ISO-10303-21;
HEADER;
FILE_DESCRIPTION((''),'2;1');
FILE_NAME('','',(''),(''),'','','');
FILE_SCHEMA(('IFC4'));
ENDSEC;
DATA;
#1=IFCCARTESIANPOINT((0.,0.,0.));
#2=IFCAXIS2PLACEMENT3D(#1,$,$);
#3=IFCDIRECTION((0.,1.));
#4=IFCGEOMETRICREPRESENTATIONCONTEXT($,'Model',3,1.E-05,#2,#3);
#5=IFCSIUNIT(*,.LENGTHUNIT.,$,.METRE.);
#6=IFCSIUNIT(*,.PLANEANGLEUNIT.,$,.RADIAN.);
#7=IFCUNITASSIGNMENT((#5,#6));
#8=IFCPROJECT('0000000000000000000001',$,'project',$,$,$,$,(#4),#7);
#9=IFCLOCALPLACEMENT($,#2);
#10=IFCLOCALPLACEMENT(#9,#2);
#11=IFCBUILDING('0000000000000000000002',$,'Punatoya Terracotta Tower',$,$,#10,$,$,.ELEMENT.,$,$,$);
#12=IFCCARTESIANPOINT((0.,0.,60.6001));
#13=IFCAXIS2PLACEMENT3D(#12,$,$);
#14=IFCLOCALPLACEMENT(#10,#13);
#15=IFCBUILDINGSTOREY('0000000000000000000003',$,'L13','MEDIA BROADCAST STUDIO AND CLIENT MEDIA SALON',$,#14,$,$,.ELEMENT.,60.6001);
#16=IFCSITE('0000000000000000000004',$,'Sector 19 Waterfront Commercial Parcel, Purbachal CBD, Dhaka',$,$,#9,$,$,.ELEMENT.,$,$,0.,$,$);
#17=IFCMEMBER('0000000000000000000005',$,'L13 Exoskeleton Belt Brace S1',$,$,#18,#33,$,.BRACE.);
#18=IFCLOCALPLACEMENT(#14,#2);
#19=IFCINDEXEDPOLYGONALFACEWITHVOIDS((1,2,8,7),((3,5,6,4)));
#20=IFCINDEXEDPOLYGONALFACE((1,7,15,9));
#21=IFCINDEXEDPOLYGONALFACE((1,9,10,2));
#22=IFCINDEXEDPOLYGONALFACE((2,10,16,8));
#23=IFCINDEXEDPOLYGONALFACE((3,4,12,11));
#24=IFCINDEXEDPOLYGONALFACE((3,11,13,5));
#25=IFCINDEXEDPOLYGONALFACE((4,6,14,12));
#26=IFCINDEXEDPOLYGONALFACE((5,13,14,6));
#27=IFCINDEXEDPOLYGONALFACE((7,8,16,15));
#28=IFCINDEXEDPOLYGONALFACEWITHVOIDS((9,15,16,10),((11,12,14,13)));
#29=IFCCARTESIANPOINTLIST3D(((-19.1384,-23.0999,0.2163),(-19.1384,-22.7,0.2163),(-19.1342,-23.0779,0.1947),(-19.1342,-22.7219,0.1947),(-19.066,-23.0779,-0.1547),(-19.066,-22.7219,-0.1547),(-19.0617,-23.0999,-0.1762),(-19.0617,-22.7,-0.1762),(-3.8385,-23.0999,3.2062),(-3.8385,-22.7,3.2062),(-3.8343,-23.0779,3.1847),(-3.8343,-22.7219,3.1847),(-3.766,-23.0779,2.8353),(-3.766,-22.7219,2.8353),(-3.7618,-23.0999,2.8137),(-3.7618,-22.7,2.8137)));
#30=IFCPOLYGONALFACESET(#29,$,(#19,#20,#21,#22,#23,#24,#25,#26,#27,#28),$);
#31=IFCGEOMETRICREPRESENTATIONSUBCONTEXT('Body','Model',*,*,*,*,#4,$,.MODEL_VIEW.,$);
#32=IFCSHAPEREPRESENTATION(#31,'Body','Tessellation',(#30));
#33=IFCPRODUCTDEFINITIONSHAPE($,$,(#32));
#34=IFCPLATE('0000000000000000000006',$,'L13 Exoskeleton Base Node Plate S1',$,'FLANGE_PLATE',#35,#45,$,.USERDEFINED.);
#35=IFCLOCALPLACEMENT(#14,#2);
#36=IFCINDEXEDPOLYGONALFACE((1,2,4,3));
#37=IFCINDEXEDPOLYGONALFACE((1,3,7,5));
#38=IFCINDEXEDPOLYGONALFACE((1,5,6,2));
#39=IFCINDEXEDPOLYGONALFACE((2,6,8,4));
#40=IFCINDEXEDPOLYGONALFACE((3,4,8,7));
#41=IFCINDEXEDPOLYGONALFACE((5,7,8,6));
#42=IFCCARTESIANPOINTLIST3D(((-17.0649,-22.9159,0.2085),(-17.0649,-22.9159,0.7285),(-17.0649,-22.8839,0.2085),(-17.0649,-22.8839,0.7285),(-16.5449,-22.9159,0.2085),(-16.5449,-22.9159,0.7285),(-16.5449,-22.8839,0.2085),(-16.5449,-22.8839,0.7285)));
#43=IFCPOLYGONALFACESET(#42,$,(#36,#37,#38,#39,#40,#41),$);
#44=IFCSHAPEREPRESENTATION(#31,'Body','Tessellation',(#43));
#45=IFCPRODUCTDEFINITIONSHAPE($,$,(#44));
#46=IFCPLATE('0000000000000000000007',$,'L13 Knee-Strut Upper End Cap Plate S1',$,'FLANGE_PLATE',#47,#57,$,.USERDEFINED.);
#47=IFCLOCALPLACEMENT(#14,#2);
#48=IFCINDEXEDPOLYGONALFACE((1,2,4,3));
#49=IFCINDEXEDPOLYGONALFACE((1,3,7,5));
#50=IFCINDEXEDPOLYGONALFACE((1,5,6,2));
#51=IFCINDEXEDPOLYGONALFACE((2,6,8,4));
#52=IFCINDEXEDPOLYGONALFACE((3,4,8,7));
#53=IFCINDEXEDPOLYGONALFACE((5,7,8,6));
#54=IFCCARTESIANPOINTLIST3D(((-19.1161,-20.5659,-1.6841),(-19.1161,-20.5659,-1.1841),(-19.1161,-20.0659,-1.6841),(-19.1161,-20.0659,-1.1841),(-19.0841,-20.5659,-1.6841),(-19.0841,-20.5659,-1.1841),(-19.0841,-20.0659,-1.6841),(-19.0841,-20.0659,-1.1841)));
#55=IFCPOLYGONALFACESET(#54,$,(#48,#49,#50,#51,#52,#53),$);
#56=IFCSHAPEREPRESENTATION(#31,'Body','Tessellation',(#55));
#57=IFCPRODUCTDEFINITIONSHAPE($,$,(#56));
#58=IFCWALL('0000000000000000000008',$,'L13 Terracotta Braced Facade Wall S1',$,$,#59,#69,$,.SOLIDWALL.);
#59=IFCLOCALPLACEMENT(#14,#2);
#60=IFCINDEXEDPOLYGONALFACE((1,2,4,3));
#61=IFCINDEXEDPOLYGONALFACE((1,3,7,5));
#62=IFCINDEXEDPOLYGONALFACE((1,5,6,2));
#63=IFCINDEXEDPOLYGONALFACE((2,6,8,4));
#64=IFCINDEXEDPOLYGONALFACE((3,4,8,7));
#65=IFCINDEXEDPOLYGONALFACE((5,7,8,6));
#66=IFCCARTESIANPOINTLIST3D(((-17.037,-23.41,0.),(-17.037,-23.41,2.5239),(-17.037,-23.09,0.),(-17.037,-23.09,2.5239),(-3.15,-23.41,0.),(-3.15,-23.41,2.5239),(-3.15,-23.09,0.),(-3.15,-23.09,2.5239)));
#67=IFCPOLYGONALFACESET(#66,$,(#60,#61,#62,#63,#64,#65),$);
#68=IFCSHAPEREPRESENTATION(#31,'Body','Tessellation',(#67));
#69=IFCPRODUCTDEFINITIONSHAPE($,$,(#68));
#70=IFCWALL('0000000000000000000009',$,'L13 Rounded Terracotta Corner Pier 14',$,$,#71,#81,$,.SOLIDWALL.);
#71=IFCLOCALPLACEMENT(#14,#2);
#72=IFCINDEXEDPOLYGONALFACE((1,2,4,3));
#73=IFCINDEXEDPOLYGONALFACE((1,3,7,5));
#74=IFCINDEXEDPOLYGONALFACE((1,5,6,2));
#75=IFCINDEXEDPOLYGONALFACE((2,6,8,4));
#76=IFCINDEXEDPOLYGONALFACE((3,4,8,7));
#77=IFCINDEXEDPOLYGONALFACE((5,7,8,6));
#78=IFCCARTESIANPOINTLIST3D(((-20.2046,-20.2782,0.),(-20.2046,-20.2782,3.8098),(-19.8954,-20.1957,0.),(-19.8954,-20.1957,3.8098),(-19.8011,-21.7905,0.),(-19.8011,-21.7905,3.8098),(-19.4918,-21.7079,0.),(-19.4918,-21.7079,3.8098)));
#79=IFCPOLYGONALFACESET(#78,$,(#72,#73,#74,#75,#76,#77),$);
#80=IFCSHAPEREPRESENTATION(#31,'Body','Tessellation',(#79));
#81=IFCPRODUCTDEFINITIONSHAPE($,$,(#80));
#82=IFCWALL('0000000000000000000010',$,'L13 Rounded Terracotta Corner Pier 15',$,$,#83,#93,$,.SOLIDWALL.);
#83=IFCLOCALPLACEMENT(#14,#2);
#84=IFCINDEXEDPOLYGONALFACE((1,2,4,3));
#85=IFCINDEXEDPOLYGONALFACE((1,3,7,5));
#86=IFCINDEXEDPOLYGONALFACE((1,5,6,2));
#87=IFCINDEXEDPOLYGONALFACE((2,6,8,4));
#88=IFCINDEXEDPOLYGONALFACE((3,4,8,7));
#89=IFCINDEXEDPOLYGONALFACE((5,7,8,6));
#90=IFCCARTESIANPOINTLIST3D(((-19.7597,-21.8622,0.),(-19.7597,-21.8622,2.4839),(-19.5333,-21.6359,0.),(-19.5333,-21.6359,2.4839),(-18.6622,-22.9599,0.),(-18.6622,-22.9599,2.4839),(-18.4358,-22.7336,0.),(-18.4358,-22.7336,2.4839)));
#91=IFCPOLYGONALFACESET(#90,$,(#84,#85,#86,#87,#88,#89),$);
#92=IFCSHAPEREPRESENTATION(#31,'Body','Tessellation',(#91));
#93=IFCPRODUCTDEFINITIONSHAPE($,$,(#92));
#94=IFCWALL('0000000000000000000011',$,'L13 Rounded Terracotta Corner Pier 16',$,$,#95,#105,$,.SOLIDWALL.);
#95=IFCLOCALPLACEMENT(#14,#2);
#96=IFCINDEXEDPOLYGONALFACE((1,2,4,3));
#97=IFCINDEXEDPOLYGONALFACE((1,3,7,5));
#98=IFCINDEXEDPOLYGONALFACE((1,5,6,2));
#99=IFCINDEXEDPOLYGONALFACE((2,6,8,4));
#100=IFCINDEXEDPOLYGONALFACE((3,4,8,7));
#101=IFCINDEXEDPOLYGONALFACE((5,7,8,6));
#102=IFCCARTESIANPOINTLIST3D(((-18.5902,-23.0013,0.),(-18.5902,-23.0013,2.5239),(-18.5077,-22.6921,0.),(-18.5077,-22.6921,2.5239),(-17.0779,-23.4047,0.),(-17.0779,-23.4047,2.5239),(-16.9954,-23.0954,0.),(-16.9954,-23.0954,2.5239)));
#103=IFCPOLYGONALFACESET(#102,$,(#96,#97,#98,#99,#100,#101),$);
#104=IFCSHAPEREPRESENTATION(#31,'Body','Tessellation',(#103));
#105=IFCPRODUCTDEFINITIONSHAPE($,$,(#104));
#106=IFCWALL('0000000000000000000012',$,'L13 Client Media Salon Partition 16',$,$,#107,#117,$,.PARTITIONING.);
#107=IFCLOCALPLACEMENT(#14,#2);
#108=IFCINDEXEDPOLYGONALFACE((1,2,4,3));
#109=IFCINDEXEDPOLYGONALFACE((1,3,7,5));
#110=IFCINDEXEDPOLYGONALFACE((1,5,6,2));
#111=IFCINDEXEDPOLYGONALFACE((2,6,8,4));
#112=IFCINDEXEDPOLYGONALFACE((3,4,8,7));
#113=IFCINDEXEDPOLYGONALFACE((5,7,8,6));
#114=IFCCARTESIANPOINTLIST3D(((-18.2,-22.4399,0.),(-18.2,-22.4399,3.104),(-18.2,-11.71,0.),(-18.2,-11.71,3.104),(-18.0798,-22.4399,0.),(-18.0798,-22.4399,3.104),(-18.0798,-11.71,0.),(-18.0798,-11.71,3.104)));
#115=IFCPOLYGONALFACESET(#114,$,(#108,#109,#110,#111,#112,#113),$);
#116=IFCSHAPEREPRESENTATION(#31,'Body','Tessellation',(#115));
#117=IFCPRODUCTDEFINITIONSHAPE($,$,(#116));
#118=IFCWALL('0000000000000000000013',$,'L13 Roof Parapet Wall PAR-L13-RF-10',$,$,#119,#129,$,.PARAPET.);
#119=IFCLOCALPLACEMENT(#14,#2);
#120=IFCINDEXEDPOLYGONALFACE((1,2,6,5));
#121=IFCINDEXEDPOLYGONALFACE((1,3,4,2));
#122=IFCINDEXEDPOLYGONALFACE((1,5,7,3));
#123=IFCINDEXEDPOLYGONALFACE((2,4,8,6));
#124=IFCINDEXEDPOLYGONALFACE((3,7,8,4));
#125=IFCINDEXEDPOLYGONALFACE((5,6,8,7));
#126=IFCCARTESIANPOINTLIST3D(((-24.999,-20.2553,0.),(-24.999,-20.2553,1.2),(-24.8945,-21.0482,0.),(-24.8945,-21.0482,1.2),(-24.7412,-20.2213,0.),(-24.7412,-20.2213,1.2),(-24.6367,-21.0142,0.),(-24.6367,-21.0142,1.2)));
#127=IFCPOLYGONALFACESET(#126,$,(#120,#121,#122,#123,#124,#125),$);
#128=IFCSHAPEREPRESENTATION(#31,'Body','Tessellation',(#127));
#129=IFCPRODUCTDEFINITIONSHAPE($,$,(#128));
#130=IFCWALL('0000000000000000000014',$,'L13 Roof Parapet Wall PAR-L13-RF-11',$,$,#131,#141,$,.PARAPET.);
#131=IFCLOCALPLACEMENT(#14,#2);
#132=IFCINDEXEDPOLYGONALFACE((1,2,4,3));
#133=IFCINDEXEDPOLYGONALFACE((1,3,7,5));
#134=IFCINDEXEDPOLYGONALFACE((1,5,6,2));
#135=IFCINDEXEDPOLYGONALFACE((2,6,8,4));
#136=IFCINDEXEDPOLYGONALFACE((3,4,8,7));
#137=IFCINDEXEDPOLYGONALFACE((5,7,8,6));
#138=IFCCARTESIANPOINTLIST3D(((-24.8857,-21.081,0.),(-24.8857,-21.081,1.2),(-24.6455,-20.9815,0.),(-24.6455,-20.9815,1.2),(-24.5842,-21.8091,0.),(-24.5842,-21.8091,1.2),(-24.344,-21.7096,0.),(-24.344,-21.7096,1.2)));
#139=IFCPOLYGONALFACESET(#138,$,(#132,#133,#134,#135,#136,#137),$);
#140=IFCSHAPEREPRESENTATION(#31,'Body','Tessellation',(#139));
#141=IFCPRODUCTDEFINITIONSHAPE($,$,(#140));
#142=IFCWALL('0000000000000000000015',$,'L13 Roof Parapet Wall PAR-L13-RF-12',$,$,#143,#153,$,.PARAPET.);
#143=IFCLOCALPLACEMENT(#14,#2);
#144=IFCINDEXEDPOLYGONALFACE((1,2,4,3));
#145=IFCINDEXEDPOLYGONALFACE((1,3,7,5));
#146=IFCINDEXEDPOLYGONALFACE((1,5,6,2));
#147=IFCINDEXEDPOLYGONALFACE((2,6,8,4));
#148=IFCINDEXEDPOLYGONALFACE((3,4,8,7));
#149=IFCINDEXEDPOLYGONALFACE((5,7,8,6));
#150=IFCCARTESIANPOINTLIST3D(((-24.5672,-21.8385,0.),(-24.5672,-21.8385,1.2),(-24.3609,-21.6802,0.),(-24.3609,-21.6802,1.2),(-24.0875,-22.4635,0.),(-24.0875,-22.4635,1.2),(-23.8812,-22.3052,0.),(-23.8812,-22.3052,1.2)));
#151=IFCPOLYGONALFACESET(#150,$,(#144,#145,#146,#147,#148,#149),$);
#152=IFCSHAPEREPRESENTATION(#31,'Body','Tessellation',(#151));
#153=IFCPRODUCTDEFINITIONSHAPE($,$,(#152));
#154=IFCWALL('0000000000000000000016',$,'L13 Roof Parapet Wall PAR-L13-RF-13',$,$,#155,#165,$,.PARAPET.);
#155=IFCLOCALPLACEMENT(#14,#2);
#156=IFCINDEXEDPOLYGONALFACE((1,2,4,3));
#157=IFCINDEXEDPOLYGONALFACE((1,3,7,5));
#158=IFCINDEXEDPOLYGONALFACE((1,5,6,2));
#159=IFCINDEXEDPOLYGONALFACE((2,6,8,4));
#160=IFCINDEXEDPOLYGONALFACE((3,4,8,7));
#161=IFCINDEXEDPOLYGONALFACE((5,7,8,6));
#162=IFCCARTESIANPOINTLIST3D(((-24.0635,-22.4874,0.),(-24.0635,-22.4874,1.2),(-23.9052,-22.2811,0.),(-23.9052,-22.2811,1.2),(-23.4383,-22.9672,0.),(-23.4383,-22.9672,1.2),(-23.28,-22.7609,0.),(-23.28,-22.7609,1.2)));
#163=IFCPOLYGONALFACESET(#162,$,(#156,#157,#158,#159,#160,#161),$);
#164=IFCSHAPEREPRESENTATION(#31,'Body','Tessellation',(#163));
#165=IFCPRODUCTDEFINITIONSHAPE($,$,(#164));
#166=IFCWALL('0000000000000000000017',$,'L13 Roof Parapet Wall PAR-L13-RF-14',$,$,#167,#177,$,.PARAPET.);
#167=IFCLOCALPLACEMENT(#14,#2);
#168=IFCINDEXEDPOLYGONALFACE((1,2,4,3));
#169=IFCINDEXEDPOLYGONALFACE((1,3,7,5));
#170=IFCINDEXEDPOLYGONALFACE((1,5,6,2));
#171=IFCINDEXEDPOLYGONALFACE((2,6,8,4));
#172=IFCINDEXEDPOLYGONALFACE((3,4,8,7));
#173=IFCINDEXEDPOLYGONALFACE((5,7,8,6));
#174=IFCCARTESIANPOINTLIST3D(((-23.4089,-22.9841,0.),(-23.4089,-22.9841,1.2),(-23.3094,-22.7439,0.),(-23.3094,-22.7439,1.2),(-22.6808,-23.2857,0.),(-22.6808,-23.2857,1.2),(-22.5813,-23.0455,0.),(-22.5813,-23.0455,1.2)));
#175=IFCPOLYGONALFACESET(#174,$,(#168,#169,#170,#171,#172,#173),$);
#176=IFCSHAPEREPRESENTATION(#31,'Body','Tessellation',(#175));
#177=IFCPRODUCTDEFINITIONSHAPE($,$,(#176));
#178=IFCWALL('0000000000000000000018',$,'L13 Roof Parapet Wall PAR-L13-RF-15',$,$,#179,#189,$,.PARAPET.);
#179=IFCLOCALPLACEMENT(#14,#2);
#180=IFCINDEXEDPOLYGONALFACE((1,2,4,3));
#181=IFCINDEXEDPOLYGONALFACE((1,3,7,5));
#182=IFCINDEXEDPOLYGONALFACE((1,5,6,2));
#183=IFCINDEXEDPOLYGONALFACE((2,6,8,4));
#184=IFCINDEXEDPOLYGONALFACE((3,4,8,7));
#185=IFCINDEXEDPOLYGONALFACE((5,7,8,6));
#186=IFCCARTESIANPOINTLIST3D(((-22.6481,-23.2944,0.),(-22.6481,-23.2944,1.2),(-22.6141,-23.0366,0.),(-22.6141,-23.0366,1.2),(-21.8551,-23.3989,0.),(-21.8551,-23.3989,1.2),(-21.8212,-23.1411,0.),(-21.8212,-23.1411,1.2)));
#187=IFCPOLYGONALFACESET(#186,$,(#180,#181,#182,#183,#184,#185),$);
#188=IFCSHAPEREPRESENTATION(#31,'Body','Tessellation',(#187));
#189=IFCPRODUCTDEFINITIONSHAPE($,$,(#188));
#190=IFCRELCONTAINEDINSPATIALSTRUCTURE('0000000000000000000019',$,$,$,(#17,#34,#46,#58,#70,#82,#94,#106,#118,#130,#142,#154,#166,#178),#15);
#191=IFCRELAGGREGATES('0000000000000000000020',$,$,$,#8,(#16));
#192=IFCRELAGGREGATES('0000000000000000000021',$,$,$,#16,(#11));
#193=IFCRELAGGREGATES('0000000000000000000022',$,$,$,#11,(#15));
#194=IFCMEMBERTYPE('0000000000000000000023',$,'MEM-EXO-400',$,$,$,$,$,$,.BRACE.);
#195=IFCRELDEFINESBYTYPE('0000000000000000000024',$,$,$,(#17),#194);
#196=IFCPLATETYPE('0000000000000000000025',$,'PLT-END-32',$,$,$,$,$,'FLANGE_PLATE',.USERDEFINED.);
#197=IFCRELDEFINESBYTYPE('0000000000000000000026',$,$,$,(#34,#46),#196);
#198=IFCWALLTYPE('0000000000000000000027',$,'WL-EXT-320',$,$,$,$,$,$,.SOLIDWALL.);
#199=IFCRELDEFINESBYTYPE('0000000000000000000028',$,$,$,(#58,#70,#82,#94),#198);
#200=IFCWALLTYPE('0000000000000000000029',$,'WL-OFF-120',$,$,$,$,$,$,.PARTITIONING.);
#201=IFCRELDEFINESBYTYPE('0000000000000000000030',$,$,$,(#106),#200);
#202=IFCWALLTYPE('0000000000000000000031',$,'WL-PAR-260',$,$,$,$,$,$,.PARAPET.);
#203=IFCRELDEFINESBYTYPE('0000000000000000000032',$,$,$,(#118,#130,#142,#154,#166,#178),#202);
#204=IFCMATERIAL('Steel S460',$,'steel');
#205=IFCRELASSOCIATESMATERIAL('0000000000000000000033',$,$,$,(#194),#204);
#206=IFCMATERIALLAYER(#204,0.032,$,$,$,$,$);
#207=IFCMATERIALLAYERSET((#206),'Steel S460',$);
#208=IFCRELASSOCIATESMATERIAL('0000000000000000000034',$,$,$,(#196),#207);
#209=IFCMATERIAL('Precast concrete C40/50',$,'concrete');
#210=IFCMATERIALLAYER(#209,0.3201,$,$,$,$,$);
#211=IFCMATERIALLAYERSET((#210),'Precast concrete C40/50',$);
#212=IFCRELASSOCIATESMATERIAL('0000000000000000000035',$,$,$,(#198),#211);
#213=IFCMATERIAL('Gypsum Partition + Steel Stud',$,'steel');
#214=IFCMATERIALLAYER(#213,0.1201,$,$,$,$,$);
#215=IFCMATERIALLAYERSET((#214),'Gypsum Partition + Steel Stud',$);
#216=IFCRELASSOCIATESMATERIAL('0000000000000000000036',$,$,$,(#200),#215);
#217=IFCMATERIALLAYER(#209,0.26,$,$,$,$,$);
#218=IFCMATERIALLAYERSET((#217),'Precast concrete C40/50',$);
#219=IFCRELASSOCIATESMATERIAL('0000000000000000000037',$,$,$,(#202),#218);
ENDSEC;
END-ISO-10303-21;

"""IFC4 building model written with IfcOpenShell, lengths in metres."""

from ifc_helpers import new_model, si_unit, direction, frame, frame_2d, origin, origin_2d, place, context, subcontext, project, spatial, rectangle, hollow_rectangle, extrude, material, layer, layer_set, material_profile, profile_set, type_object, element, save


model = new_model("IFC4")

# Units and contexts
model_context = context("Model", 3, precision=1e-05, world=origin(), true_north=direction((0.0, 1.0)))
body_context = subcontext(model_context, "Body", "Model", "MODEL_VIEW")
ifc_project = project(units=[si_unit("LENGTHUNIT", "METRE"), si_unit("PLANEANGLEUNIT", "RADIAN")], contexts=[model_context])

# Site, building, storey
site_placement = place(None, origin())
site = spatial("IfcSite", under=ifc_project, at=site_placement, Name="Sector 19 Waterfront Commercial Parcel, Purbachal CBD, Dhaka", CompositionType="ELEMENT", RefElevation=0.0)
building_placement = place(site_placement, origin())
building = spatial("IfcBuilding", under=site, at=building_placement, Name="Punatoya Terracotta Tower", CompositionType="ELEMENT")
storey_placement = place(building_placement, frame((0.0, 0.0, 60.6001)))
storey = spatial("IfcBuildingStorey", under=building, at=storey_placement, Name="L13", Description="MEDIA BROADCAST STUDIO AND CLIENT MEDIA SALON", CompositionType="ELEMENT", Elevation=60.6001)

# Shared definitions
ifc_material_1 = material(Name="Steel S460", Category="steel")

# Member
ifc_material_profile_1 = material_profile(ifc_material_1, hollow_rectangle(XDim=0.3999, YDim=0.3999, WallThickness=0.022, at=origin_2d()))
ifc_profile_set_1 = profile_set([ifc_material_profile_1], Name="Steel S460")
member_type_1 = type_object("IfcMemberType", Name="MEM-EXO-400", PredefinedType="BRACE", material=ifc_profile_set_1)
member_1_placement = place(storey_placement, frame((-19.1001, -22.8999, 0.02), z_axis=(0.981435, 0.0, 0.191796), x_axis=(0.0, 1.0, 0.0)))
element("IfcMember", 1, at=member_1_placement, inside=storey, type_object=member_type_1, Name="L13 Exoskeleton Belt Brace S1", PredefinedType="BRACE", context=body_context, shape_type="SweptSolid", body=[
    extrude(hollow_rectangle(XDim=0.3999, YDim=0.3999, WallThickness=0.022, at=origin_2d()), origin(), (0.0, 0.0, 1.0), 15.5894),
])

# Plates
ifc_layer_1 = layer(ifc_material_1, 0.032)
ifc_layer_set_1 = layer_set([ifc_layer_1], Name="Steel S460")
plate_type = type_object("IfcPlateType", Name="PLT-END-32", ElementType="FLANGE_PLATE", PredefinedType="USERDEFINED", material=ifc_layer_set_1)
plate_1_placement = place(storey_placement, frame((-16.8049, -22.8999, 0.2085), z_axis=(0.0, 0.0, 1.0), x_axis=(1.0, 0.0, 0.0)))
element("IfcPlate", 2, at=plate_1_placement, inside=storey, type_object=plate_type, Name="L13 Exoskeleton Base Node Plate S1", ObjectType="FLANGE_PLATE", PredefinedType="USERDEFINED", context=body_context, shape_type="SweptSolid", body=[
    extrude(rectangle(XDim=0.52, YDim=0.032, at=origin_2d()), origin(), (0.0, 0.0, 1.0), 0.52),
])
plate_2_placement = place(storey_placement, frame((-19.1001, -20.3159, -1.6841), z_axis=(0.0, 0.0, 1.0), x_axis=(0.0, 1.0, 0.0)))
element("IfcPlate", 3, at=plate_2_placement, inside=storey, type_object=plate_type, Name="L13 Knee-Strut Upper End Cap Plate S1", ObjectType="FLANGE_PLATE", PredefinedType="USERDEFINED", context=body_context, shape_type="SweptSolid", body=[
    extrude(rectangle(XDim=0.5, YDim=0.032, at=origin_2d()), origin(), (0.0, 0.0, 1.0), 0.5),
])

# Walls
ifc_material_2 = material(Name="Precast concrete C40/50", Category="concrete")
ifc_layer_2 = layer(ifc_material_2, 0.3201)
ifc_layer_set_2 = layer_set([ifc_layer_2], Name="Precast concrete C40/50")
wall_type_1 = type_object("IfcWallType", Name="WL-EXT-320", PredefinedType="SOLIDWALL", material=ifc_layer_set_2)
wall_1_placement = place(storey_placement, frame((-17.0369, -23.25, 0.0), z_axis=(0.0, 0.0, 1.0), x_axis=(1.0, 0.0, 0.0)))
element("IfcWall", 4, at=wall_1_placement, inside=storey, type_object=wall_type_1, Name="L13 Terracotta Braced Facade Wall S1", PredefinedType="SOLIDWALL", context=body_context, shape_type="SweptSolid", body=[
    extrude(rectangle(XDim=13.887, YDim=0.3201, at=frame_2d((6.9434, 0.0))), origin(), (0.0, 0.0, 1.0), 2.5239),
])
wall_2_placement = place(storey_placement, frame((-20.05, -20.2368, 0.0), z_axis=(0.0, 0.0, 1.0), x_axis=(0.257847, -0.966186, 0.0)))
element("IfcWall", 5, at=wall_2_placement, inside=storey, type_object=wall_type_1, Name="L13 Rounded Terracotta Corner Pier 14", PredefinedType="SOLIDWALL", context=body_context, shape_type="SweptSolid", body=[
    extrude(rectangle(XDim=1.5652, YDim=0.3201, at=frame_2d((0.7827, 0.0))), origin(), (0.0, 0.0, 1.0), 3.8098),
])
wall_3_placement = place(storey_placement, frame((-19.6465, -21.749, 0.0), z_axis=(0.0, 0.0, 1.0), x_axis=(0.707028, -0.707185, 0.0)))
element("IfcWall", 6, at=wall_3_placement, inside=storey, type_object=wall_type_1, Name="L13 Rounded Terracotta Corner Pier 15", PredefinedType="SOLIDWALL", context=body_context, shape_type="SweptSolid", body=[
    extrude(rectangle(XDim=1.5522, YDim=0.3201, at=frame_2d((0.7761, 0.0))), origin(), (0.0, 0.0, 1.0), 2.4839),
])
wall_4_placement = place(storey_placement, frame((-18.5491, -22.8467, 0.0), z_axis=(0.0, 0.0, 1.0), x_axis=(0.966225, -0.257701, 0.0)))
element("IfcWall", 7, at=wall_4_placement, inside=storey, type_object=wall_type_1, Name="L13 Rounded Terracotta Corner Pier 16", PredefinedType="SOLIDWALL", context=body_context, shape_type="SweptSolid", body=[
    extrude(rectangle(XDim=1.5652, YDim=0.3201, at=frame_2d((0.7827, 0.0))), origin(), (0.0, 0.0, 1.0), 2.5239),
])
ifc_material_3 = material(Name="Gypsum Partition + Steel Stud", Category="steel")
ifc_layer_3 = layer(ifc_material_3, 0.1201)
ifc_layer_set_3 = layer_set([ifc_layer_3], Name="Gypsum Partition + Steel Stud")
wall_type_2 = type_object("IfcWallType", Name="WL-OFF-120", PredefinedType="PARTITIONING", material=ifc_layer_set_3)
wall_5_placement = place(storey_placement, frame((-18.1399, -22.4399, 0.0), z_axis=(0.0, 0.0, 1.0), x_axis=(0.0, 1.0, 0.0)))
element("IfcWall", 8, at=wall_5_placement, inside=storey, type_object=wall_type_2, Name="L13 Client Media Salon Partition 16", PredefinedType="PARTITIONING", context=body_context, shape_type="SweptSolid", body=[
    extrude(rectangle(XDim=10.73, YDim=0.1201, at=frame_2d((5.365, 0.0))), origin(), (0.0, 0.0, 1.0), 3.104),
])
ifc_layer_4 = layer(ifc_material_2, 0.26)
ifc_layer_set_4 = layer_set([ifc_layer_4], Name="Precast concrete C40/50")
wall_type_3 = type_object("IfcWallType", Name="WL-PAR-260", PredefinedType="PARAPET", material=ifc_layer_set_4)
wall_6_placement = place(storey_placement, frame((-24.8701, -20.2383, 0.0), z_axis=(0.0, 0.0, 1.0), x_axis=(0.130644, -0.991429, 0.0)))
element("IfcWall", 9, at=wall_6_placement, inside=storey, type_object=wall_type_3, Name="L13 Roof Parapet Wall PAR-L13-RF-10", PredefinedType="PARAPET", context=body_context, shape_type="SweptSolid", body=[
    extrude(rectangle(XDim=0.7998, YDim=0.26, at=frame_2d((0.3999, 0.0))), origin(), (0.0, 0.0, 1.0), 1.2),
])
wall_7_placement = place(storey_placement, frame((-24.7656, -21.0312, 0.0), z_axis=(0.0, 0.0, 1.0), x_axis=(0.382635, -0.9239, 0.0)))
element("IfcWall", 10, at=wall_7_placement, inside=storey, type_object=wall_type_3, Name="L13 Roof Parapet Wall PAR-L13-RF-11", PredefinedType="PARAPET", context=body_context, shape_type="SweptSolid", body=[
    extrude(rectangle(XDim=0.7881, YDim=0.26, at=frame_2d((0.394, 0.0))), origin(), (0.0, 0.0, 1.0), 1.2),
])
wall_8_placement = place(storey_placement, frame((-24.4641, -21.7593, 0.0), z_axis=(0.0, 0.0, 1.0), x_axis=(0.608887, -0.793257, 0.0)))
element("IfcWall", 11, at=wall_8_placement, inside=storey, type_object=wall_type_3, Name="L13 Roof Parapet Wall PAR-L13-RF-12", PredefinedType="PARAPET", context=body_context, shape_type="SweptSolid", body=[
    extrude(rectangle(XDim=0.7878, YDim=0.26, at=frame_2d((0.394, 0.0))), origin(), (0.0, 0.0, 1.0), 1.2),
])
for number, where, z_axis, x_axis, name in (
    (12, (-23.9844, -22.3843, 0.0), (0.0, 0.0, 1.0), (0.793372, -0.608737, 0.0), "L13 Roof Parapet Wall PAR-L13-RF-13"),
    (13, (-23.3591, -22.864, 0.0), (0.0, 0.0, 1.0), (0.9239, -0.382635, 0.0), "L13 Roof Parapet Wall PAR-L13-RF-14"),
):
    element("IfcWall", number, at=place(storey_placement, frame(where, z_axis=z_axis, x_axis=x_axis)), inside=storey, type_object=wall_type_3, Name=name, PredefinedType="PARAPET", context=body_context, shape_type="SweptSolid", body=[
        extrude(rectangle(XDim=0.7881, YDim=0.26, at=frame_2d((0.394, 0.0))), origin(), (0.0, 0.0, 1.0), 1.2),
    ])
wall_9_placement = place(storey_placement, frame((-22.6311, -23.1655, 0.0), z_axis=(0.0, 0.0, 1.0), x_axis=(0.991429, -0.130644, 0.0)))
element("IfcWall", 14, at=wall_9_placement, inside=storey, type_object=wall_type_3, Name="L13 Roof Parapet Wall PAR-L13-RF-15", PredefinedType="PARAPET", context=body_context, shape_type="SweptSolid", body=[
    extrude(rectangle(XDim=0.7998, YDim=0.26, at=frame_2d((0.3999, 0.0))), origin(), (0.0, 0.0, 1.0), 1.2),
])

save(model, "model.ifc")
